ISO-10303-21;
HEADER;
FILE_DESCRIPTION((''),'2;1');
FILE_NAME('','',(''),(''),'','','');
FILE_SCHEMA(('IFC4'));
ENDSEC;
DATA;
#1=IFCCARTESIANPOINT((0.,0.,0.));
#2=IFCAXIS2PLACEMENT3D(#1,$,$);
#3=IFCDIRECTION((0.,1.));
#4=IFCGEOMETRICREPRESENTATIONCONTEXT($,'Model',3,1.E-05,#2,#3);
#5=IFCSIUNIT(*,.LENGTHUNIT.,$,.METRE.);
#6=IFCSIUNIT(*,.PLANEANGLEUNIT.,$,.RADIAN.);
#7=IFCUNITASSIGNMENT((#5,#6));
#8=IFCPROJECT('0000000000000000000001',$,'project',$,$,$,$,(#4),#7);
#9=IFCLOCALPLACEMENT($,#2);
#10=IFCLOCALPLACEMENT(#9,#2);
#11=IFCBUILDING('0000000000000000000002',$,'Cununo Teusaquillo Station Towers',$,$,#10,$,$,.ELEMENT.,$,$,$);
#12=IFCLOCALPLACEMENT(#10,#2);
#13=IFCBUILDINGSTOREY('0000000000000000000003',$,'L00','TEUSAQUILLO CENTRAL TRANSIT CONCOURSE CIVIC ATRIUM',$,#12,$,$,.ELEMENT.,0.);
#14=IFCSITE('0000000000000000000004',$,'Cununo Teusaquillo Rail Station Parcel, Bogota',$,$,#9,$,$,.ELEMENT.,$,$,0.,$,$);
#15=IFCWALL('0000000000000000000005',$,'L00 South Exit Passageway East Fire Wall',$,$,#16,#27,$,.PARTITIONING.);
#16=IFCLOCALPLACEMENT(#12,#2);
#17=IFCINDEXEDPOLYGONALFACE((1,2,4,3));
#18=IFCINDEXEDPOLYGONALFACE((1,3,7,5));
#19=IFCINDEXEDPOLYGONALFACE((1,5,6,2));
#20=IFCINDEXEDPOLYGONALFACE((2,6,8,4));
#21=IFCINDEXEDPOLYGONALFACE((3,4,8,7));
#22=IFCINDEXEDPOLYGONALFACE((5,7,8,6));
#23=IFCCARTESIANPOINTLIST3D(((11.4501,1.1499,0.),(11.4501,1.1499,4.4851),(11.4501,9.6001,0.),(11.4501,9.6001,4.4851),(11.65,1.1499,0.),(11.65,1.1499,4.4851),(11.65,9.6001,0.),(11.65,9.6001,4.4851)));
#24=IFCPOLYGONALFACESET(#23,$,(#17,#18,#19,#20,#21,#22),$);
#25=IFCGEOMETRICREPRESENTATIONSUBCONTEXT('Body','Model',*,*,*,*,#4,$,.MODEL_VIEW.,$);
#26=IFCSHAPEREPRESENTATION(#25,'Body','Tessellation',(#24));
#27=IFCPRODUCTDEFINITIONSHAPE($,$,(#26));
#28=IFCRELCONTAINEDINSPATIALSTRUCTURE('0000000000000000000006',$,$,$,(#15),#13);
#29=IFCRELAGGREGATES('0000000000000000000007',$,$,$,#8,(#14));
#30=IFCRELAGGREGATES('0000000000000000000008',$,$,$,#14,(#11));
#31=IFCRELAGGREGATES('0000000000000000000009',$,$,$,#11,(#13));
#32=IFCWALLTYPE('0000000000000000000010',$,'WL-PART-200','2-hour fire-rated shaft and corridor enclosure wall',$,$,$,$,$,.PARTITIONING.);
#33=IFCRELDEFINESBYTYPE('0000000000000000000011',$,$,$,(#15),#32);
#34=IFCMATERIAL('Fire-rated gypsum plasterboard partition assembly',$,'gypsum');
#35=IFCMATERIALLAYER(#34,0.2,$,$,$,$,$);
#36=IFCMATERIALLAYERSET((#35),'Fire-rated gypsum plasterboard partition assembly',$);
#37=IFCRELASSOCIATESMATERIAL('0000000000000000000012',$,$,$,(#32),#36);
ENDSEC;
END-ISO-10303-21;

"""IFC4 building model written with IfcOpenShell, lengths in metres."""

from ifc_helpers import new_model, si_unit, direction, frame, frame_2d, origin, place, context, subcontext, project, spatial, rectangle, extrude, material, layer, layer_set, type_object, element, save


model = new_model("IFC4")

# Units and contexts
model_context = context("Model", 3, precision=1e-05, world=origin(), true_north=direction((0.0, 1.0)))
body_context = subcontext(model_context, "Body", "Model", "MODEL_VIEW")
ifc_project = project(units=[si_unit("LENGTHUNIT", "METRE"), si_unit("PLANEANGLEUNIT", "RADIAN")], contexts=[model_context])

# Site, building, storey
site_placement = place(None, origin())
site = spatial("IfcSite", under=ifc_project, at=site_placement, Name="Cununo Teusaquillo Rail Station Parcel, Bogota", CompositionType="ELEMENT", RefElevation=0.0)
building_placement = place(site_placement, origin())
building = spatial("IfcBuilding", under=site, at=building_placement, Name="Cununo Teusaquillo Station Towers", CompositionType="ELEMENT")
storey_placement = place(building_placement, origin())
storey = spatial("IfcBuildingStorey", under=building, at=storey_placement, Name="L00", Description="TEUSAQUILLO CENTRAL TRANSIT CONCOURSE CIVIC ATRIUM", CompositionType="ELEMENT", Elevation=0.0)

# Wall
ifc_material_1 = material(Name="Fire-rated gypsum plasterboard partition assembly", Category="gypsum")
ifc_layer_1 = layer(ifc_material_1, 0.2)
ifc_layer_set_1 = layer_set([ifc_layer_1], Name="Fire-rated gypsum plasterboard partition assembly")
wall_type_1 = type_object("IfcWallType", Name="WL-PART-200", Description="2-hour fire-rated shaft and corridor enclosure wall", PredefinedType="PARTITIONING", material=ifc_layer_set_1)
wall_1_placement = place(storey_placement, frame((11.55, 1.1499, 0.0), z_axis=(0.0, 0.0, 1.0), x_axis=(0.0, 1.0, 0.0)))
element("IfcWall", 1, at=wall_1_placement, inside=storey, type_object=wall_type_1, Name="L00 South Exit Passageway East Fire Wall", PredefinedType="PARTITIONING", context=body_context, shape_type="SweptSolid", body=[
    extrude(rectangle(XDim=8.4502, YDim=0.2, at=frame_2d((4.2251, 0.0))), origin(), (0.0, 0.0, 1.0), 4.4851),
])

save(model, "model.ifc")
